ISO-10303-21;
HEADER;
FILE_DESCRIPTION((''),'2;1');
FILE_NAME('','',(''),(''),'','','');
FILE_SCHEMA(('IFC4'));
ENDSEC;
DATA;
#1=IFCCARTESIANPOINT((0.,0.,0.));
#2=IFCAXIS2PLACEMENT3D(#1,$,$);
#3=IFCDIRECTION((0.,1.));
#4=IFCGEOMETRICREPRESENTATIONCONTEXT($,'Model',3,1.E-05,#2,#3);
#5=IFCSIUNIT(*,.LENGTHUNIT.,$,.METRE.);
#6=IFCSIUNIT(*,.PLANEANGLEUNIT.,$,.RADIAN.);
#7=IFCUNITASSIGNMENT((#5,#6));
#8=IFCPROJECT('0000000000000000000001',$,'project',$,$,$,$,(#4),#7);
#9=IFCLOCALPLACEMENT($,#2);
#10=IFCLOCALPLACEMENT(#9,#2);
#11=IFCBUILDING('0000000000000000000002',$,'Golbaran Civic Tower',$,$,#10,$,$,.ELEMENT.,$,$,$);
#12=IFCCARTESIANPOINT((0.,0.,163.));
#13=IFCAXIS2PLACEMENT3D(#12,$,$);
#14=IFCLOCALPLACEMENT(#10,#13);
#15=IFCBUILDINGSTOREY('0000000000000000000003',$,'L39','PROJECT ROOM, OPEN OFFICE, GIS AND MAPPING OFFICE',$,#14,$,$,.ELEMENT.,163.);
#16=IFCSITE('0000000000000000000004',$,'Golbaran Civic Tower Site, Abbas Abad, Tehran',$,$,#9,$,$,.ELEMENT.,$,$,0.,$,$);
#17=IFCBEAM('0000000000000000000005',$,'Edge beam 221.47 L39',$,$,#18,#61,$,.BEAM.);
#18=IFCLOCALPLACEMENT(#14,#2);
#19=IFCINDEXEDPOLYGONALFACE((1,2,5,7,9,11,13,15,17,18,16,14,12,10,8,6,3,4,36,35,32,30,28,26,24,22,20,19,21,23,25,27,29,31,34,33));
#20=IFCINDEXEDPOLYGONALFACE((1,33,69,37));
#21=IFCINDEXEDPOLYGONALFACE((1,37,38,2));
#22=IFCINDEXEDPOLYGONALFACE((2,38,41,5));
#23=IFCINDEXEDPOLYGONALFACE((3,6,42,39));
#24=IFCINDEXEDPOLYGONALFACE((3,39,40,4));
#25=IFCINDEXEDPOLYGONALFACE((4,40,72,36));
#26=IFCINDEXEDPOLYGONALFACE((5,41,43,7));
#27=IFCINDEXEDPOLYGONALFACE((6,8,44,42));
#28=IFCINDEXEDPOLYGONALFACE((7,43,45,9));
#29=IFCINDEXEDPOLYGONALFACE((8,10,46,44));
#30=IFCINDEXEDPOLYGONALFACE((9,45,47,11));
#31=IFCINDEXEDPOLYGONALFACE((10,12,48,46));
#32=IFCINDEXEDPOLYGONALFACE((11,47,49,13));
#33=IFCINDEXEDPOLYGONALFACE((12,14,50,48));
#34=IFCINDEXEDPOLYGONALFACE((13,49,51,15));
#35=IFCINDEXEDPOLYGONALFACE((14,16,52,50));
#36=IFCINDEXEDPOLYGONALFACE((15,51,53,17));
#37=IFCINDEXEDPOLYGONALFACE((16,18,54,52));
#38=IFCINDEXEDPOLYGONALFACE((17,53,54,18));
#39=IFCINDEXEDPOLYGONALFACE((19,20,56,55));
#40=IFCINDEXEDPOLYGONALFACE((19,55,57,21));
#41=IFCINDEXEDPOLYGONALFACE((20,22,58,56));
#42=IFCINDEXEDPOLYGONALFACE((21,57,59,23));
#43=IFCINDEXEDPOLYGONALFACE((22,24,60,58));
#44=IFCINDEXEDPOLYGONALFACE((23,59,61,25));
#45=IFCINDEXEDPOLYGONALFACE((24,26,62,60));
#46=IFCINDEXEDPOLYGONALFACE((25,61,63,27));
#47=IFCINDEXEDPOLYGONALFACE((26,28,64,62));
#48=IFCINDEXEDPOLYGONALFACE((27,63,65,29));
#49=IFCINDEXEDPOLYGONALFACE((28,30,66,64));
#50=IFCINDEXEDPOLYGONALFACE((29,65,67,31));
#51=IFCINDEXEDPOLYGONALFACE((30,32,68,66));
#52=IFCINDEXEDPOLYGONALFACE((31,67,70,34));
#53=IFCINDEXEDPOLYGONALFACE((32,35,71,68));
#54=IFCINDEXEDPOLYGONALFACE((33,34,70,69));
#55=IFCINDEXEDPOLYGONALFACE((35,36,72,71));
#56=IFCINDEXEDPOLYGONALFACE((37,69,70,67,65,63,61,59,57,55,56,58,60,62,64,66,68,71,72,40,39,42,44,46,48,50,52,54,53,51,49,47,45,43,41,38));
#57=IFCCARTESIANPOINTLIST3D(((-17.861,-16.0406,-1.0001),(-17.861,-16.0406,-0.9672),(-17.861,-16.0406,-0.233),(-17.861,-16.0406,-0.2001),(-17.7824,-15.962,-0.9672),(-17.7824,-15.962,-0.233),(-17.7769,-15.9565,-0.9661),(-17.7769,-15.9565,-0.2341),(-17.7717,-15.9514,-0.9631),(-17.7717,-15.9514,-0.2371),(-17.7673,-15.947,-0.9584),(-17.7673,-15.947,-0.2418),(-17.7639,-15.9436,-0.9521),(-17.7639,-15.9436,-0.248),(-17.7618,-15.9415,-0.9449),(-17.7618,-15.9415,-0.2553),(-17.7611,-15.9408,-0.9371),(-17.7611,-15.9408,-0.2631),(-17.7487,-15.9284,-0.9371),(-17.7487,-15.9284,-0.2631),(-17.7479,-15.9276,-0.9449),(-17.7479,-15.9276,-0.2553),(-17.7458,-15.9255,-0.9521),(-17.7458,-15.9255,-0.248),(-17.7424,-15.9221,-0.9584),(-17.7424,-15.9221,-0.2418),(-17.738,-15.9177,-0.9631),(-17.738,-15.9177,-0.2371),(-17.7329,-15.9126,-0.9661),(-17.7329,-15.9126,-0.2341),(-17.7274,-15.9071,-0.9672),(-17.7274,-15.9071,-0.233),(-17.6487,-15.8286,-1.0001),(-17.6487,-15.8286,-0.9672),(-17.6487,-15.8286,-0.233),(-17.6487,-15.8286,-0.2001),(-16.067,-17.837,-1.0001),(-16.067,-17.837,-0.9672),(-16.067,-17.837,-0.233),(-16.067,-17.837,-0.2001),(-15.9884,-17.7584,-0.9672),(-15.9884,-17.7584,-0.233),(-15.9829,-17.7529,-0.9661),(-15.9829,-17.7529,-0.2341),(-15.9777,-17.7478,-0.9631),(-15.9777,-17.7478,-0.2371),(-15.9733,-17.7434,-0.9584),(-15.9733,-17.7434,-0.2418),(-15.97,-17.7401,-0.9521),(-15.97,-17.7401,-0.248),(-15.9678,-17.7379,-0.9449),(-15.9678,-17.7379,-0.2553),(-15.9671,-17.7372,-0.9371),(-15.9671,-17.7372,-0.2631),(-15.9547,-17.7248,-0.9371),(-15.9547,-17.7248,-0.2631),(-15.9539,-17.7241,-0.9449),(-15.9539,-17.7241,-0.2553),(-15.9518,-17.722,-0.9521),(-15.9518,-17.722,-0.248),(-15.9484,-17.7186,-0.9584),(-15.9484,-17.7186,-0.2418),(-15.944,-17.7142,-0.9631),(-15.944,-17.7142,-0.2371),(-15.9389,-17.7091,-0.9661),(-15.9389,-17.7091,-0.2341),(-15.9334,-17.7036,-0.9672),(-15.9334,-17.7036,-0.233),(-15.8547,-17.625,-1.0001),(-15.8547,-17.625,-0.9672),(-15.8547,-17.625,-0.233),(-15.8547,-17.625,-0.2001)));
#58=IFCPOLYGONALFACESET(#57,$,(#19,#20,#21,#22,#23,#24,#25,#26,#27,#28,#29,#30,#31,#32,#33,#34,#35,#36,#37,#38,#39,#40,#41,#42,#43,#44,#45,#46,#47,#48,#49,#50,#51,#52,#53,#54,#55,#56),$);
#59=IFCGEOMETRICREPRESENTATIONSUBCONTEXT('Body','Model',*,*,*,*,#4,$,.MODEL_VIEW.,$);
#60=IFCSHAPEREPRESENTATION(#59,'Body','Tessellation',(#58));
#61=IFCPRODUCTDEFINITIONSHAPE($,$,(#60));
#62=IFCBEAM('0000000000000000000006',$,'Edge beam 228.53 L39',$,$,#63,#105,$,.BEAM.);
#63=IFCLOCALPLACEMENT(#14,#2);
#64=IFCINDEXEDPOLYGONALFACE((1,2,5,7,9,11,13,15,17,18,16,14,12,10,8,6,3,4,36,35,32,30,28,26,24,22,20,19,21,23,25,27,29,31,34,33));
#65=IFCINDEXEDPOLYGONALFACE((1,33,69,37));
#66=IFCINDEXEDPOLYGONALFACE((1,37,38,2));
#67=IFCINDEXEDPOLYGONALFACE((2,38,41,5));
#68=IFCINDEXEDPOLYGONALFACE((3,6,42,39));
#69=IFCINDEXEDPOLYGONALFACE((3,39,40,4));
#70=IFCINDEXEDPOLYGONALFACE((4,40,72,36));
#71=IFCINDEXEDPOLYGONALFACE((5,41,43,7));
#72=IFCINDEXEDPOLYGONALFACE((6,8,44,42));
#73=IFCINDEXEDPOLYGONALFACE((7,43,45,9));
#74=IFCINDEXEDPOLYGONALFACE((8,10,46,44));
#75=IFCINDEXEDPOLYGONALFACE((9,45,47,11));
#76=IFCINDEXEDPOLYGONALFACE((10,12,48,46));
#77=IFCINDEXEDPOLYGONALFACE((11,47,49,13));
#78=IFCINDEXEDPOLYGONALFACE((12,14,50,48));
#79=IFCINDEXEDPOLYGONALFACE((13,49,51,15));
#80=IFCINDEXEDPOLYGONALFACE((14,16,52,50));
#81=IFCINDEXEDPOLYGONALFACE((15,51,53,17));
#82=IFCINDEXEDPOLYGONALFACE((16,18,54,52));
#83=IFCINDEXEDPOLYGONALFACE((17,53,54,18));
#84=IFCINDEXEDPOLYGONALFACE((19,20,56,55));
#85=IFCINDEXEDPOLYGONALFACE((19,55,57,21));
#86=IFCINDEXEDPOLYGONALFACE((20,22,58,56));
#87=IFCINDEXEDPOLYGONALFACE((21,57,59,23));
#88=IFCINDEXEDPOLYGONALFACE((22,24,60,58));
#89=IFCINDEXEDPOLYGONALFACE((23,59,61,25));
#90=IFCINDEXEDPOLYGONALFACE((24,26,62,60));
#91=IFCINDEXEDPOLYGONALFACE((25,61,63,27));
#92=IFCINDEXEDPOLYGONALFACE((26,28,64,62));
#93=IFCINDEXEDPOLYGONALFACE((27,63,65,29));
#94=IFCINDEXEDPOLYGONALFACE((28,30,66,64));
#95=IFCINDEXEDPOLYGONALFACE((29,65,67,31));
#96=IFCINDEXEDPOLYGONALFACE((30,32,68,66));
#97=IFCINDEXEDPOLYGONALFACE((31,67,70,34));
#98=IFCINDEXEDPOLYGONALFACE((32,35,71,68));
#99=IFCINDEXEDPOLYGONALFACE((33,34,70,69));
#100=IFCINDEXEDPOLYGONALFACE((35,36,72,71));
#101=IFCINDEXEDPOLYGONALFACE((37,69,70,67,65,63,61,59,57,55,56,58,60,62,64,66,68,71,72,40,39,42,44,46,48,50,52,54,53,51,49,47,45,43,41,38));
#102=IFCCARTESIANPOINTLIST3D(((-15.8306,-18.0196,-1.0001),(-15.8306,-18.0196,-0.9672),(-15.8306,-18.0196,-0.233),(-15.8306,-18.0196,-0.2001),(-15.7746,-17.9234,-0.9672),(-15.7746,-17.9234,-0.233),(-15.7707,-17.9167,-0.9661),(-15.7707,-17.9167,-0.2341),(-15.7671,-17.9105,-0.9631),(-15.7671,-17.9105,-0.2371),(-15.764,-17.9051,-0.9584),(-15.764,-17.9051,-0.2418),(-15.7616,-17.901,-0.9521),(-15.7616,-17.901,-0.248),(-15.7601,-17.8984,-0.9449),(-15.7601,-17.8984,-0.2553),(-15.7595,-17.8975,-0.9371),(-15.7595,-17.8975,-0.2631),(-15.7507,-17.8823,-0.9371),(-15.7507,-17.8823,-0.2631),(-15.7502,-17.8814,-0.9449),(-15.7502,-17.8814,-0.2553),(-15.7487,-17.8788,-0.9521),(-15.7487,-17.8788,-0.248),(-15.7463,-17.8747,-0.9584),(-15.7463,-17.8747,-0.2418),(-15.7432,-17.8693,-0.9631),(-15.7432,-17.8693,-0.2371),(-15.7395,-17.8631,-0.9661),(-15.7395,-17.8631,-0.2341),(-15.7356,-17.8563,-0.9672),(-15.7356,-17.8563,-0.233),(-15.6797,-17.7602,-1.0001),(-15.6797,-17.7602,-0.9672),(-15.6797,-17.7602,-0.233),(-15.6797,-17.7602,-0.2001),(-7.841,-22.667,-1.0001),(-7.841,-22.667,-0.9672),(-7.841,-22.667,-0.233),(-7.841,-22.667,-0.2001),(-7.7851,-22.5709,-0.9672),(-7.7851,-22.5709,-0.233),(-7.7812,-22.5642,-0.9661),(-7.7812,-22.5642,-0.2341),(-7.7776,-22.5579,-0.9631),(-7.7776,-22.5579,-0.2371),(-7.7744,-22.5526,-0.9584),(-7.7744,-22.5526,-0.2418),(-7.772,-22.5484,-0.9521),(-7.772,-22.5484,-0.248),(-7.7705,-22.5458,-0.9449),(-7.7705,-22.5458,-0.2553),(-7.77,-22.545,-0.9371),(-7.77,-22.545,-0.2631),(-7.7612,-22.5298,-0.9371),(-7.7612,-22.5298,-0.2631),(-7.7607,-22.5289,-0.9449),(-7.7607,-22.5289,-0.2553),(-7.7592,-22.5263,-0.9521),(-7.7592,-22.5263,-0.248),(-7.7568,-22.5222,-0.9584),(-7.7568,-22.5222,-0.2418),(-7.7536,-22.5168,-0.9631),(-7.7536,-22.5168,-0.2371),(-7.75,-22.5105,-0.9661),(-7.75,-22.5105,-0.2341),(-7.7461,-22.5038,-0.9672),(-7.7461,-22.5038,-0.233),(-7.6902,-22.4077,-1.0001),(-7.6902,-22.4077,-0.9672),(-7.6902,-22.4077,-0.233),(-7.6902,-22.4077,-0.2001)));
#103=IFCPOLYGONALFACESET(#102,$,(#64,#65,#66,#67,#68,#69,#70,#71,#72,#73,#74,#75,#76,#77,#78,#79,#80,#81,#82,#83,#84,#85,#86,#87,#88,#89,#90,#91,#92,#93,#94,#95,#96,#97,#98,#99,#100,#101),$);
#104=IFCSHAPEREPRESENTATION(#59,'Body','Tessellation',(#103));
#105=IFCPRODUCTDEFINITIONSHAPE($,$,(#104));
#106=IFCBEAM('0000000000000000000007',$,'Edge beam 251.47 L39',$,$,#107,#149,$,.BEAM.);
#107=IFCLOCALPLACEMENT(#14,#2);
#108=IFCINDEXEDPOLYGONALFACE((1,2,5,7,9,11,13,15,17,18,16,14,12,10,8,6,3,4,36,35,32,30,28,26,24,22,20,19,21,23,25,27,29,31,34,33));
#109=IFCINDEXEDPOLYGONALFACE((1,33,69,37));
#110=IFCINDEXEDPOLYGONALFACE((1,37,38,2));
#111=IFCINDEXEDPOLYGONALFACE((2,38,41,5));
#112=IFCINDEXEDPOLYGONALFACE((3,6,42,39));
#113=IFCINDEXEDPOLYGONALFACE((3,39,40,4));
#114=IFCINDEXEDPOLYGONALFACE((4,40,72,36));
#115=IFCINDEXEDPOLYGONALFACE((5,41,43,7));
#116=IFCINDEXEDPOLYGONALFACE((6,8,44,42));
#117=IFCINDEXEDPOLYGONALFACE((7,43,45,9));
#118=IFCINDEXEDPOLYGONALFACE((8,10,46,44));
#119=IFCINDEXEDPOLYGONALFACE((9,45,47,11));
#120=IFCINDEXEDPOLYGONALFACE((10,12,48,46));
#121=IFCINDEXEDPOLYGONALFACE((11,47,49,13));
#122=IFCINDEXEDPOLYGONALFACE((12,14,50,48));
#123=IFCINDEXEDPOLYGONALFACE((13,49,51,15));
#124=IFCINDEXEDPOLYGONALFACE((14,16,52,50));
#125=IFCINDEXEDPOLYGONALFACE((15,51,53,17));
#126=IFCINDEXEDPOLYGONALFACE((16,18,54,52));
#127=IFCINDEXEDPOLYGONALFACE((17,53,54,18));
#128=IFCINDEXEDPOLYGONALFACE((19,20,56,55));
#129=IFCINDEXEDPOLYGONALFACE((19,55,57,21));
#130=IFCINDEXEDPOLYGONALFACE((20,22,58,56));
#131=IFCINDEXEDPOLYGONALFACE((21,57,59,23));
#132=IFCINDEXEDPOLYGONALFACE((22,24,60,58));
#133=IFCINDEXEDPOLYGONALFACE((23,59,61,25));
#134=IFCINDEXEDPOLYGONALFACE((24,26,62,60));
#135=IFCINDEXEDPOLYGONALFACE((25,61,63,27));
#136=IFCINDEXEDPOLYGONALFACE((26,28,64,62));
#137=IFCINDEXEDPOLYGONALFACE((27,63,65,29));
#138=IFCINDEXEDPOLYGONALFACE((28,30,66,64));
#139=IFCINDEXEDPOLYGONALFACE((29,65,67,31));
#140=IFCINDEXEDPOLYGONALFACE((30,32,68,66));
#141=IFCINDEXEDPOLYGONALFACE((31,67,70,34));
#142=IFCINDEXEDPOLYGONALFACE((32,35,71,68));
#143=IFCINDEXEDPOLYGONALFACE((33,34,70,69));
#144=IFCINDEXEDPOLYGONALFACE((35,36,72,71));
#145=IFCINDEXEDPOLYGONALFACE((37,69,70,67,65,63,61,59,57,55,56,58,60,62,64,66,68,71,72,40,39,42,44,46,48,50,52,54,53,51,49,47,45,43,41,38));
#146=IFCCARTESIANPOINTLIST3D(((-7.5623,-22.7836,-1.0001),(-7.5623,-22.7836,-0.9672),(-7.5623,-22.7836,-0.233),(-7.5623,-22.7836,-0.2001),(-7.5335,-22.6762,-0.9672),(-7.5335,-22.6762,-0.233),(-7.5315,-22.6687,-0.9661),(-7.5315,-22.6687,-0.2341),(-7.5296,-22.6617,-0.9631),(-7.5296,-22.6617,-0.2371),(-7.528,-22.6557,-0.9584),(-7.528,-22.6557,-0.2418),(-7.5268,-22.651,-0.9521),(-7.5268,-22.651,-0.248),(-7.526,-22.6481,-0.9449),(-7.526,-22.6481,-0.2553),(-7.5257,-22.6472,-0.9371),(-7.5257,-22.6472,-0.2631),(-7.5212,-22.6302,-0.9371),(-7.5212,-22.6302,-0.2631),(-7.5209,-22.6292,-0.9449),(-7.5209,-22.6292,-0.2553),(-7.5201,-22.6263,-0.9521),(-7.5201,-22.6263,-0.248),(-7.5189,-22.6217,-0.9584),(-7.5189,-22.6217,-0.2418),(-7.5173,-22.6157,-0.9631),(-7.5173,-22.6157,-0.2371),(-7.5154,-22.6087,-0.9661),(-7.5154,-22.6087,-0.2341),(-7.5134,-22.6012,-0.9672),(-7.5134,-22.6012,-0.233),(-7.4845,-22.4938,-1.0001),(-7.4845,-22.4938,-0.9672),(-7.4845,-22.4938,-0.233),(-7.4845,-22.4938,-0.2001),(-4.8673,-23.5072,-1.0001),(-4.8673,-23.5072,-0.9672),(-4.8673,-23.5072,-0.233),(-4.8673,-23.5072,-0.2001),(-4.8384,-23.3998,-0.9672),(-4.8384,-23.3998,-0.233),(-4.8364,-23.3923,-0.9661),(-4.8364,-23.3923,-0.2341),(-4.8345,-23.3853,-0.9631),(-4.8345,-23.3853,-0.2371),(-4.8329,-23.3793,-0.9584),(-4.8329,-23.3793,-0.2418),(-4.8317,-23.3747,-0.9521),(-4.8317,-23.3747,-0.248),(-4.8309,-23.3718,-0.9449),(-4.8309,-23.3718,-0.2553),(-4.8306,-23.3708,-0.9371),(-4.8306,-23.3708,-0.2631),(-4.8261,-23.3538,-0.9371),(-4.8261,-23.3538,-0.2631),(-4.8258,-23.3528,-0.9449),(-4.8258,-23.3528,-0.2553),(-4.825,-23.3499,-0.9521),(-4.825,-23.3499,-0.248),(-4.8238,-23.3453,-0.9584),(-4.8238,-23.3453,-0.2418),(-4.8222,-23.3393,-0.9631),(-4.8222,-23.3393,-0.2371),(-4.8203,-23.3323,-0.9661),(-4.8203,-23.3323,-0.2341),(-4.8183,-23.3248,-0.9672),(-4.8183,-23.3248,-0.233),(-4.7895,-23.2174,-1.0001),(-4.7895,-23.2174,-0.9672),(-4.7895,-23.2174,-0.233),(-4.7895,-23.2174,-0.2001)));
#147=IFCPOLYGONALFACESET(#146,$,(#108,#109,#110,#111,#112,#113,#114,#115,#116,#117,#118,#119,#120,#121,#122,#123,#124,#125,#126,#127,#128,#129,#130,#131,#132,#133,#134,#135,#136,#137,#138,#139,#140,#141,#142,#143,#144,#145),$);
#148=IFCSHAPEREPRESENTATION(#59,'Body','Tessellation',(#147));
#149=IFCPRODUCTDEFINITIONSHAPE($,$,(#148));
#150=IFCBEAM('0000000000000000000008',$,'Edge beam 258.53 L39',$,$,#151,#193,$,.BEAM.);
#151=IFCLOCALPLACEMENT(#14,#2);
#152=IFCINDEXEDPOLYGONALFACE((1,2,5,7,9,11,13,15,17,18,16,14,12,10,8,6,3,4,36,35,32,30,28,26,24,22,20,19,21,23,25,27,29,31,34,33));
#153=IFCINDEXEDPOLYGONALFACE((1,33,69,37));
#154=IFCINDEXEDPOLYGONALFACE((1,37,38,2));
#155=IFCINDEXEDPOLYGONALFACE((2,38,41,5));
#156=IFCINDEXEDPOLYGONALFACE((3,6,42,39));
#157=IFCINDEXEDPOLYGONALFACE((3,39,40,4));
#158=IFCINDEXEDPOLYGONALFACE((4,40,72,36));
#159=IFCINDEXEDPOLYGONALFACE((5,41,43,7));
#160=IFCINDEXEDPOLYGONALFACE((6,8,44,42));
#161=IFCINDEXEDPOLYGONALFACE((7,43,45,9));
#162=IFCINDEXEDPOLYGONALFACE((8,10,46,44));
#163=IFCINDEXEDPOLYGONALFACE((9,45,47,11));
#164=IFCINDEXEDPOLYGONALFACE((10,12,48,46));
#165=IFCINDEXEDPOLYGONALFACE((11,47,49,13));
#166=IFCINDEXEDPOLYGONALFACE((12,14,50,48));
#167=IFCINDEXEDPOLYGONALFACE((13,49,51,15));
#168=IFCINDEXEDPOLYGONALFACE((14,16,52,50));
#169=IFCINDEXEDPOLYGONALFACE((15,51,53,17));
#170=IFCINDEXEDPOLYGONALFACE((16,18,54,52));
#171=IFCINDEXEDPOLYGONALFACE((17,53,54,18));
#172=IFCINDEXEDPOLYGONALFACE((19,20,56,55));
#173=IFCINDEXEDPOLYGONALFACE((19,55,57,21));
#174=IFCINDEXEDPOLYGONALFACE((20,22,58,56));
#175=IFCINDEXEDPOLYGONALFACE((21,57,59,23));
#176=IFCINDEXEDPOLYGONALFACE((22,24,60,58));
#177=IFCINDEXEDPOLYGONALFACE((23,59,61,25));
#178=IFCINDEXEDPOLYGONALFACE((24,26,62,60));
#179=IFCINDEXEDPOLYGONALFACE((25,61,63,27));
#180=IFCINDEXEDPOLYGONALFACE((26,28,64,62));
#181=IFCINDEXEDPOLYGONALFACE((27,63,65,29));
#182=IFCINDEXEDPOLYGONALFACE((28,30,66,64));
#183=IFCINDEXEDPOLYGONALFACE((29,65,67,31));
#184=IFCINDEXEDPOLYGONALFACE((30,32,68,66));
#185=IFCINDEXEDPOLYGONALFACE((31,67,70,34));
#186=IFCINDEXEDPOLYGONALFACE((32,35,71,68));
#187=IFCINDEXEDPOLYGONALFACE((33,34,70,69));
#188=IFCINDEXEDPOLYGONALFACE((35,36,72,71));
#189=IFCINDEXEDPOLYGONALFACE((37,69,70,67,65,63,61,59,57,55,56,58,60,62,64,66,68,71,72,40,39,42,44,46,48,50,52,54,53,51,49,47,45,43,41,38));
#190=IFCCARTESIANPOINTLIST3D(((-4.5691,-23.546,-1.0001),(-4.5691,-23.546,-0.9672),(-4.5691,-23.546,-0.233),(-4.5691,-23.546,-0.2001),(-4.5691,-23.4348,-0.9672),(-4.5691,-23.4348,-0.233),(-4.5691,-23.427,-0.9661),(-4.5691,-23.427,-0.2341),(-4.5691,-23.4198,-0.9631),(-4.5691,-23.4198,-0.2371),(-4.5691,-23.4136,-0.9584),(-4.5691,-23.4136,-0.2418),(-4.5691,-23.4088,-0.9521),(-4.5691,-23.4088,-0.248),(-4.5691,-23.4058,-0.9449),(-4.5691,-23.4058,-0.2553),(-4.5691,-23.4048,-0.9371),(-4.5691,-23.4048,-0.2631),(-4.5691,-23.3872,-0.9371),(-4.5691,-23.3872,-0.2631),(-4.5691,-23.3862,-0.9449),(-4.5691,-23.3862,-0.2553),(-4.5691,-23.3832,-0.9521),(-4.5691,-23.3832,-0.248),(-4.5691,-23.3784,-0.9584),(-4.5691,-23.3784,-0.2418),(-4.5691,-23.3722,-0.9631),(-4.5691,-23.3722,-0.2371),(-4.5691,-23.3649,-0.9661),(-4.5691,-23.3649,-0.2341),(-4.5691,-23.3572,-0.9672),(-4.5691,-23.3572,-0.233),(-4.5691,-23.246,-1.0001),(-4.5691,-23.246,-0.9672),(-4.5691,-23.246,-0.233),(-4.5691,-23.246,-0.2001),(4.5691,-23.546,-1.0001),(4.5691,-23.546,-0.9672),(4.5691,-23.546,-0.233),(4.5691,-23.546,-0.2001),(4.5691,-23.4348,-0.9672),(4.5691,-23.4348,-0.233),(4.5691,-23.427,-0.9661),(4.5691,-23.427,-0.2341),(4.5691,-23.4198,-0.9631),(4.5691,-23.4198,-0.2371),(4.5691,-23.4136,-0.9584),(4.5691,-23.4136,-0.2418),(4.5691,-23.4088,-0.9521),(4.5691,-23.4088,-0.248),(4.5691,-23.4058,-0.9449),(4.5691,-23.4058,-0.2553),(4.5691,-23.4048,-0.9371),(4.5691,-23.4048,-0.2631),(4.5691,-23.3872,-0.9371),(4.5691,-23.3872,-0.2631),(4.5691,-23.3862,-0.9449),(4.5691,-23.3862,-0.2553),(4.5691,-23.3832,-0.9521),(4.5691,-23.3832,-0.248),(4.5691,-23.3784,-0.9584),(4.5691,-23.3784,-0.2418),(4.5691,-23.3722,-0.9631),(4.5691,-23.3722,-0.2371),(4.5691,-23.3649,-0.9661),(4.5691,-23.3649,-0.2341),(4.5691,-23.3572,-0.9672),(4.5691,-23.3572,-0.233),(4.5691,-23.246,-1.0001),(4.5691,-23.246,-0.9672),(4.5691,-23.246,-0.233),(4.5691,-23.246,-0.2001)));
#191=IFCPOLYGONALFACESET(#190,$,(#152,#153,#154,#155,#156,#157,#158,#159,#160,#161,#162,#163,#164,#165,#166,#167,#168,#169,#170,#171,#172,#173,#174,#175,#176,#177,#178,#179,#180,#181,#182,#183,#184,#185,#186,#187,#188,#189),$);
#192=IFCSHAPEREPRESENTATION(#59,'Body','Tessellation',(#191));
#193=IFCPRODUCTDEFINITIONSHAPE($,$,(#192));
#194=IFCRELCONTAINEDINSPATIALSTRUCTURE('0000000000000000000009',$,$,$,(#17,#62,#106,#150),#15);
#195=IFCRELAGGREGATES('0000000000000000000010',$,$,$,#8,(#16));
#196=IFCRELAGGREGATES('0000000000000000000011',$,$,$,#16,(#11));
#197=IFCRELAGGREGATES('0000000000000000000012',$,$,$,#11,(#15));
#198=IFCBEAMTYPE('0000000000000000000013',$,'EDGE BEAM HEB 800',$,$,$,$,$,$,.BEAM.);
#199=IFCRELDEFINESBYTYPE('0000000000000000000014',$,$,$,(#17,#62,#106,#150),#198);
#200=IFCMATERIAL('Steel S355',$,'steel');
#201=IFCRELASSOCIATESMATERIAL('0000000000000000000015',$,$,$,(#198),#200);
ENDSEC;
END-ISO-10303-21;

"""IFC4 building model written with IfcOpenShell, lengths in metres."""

from ifc_helpers import new_model, si_unit, direction, frame, origin, origin_2d, place, context, subcontext, project, spatial, i_section, extrude, material, material_profile, profile_set, type_object, element, save


model = new_model("IFC4")

# Units and contexts
model_context = context("Model", 3, precision=1e-05, world=origin(), true_north=direction((0.0, 1.0)))
body_context = subcontext(model_context, "Body", "Model", "MODEL_VIEW")
ifc_project = project(units=[si_unit("LENGTHUNIT", "METRE"), si_unit("PLANEANGLEUNIT", "RADIAN")], contexts=[model_context])

# Site, building, storey
site_placement = place(None, origin())
site = spatial("IfcSite", under=ifc_project, at=site_placement, Name="Golbaran Civic Tower Site, Abbas Abad, Tehran", CompositionType="ELEMENT", RefElevation=0.0)
building_placement = place(site_placement, origin())
building = spatial("IfcBuilding", under=site, at=building_placement, Name="Golbaran Civic Tower", CompositionType="ELEMENT")
storey_placement = place(building_placement, frame((0.0, 0.0, 163.0)))
storey = spatial("IfcBuildingStorey", under=building, at=storey_placement, Name="L39", Description="PROJECT ROOM, OPEN OFFICE, GIS AND MAPPING OFFICE", CompositionType="ELEMENT", Elevation=163.0)

# Beams
ifc_material_1 = material(Name="Steel S355", Category="steel")
ifc_material_profile_1 = material_profile(ifc_material_1, i_section(OverallWidth=0.3, OverallDepth=0.8, WebThickness=0.0176, FlangeThickness=0.033, FilletRadius=0.03, at=origin_2d()), Name="HEB 800")
ifc_profile_set_1 = profile_set([ifc_material_profile_1], Name="Steel S355")
beam_type_1 = type_object("IfcBeamType", Name="EDGE BEAM HEB 800", PredefinedType="BEAM", material=ifc_profile_set_1)
beam_1_placement = place(storey_placement, frame((-17.7549, -15.9346, -0.6001), z_axis=(0.706626, -0.707587, 0.0), x_axis=(0.707587, 0.706626, 0.0)))
element("IfcBeam", 1, at=beam_1_placement, inside=storey, type_object=beam_type_1, Name="Edge beam 221.47 L39", PredefinedType="BEAM", context=body_context, shape_type="SweptSolid", body=[
    extrude(i_section(OverallWidth=0.3, OverallDepth=0.8, WebThickness=0.0176, FlangeThickness=0.033, FilletRadius=0.03, at=origin_2d()), origin(), (0.0, 0.0, 1.0), 2.5388),
])
beam_2_placement = place(storey_placement, frame((-15.7551, -17.8899, -0.6001), z_axis=(0.864394, -0.502815, 0.0), x_axis=(0.502815, 0.864394, 0.0)))
element("IfcBeam", 2, at=beam_2_placement, inside=storey, type_object=beam_type_1, Name="Edge beam 228.53 L39", PredefinedType="BEAM", context=body_context, shape_type="SweptSolid", body=[
    extrude(i_section(OverallWidth=0.3, OverallDepth=0.8, WebThickness=0.0176, FlangeThickness=0.033, FilletRadius=0.03, at=origin_2d()), origin(), (0.0, 0.0, 1.0), 9.2429),
])
beam_3_placement = place(storey_placement, frame((-7.5234, -22.6387, -0.6001), z_axis=(0.965792, -0.259318, 0.0), x_axis=(0.259318, 0.965792, 0.0)))
element("IfcBeam", 3, at=beam_3_placement, inside=storey, type_object=beam_type_1, Name="Edge beam 251.47 L39", PredefinedType="BEAM", context=body_context, shape_type="SweptSolid", body=[
    extrude(i_section(OverallWidth=0.3, OverallDepth=0.8, WebThickness=0.0176, FlangeThickness=0.033, FilletRadius=0.03, at=origin_2d()), origin(), (0.0, 0.0, 1.0), 2.7905),
])
beam_4_placement = place(storey_placement, frame((-4.5691, -23.396, -0.6001), z_axis=(1.0, 0.0, 0.0), x_axis=(0.0, 1.0, 0.0)))
element("IfcBeam", 4, at=beam_4_placement, inside=storey, type_object=beam_type_1, Name="Edge beam 258.53 L39", PredefinedType="BEAM", context=body_context, shape_type="SweptSolid", body=[
    extrude(i_section(OverallWidth=0.3, OverallDepth=0.8, WebThickness=0.0176, FlangeThickness=0.033, FilletRadius=0.03, at=origin_2d()), origin(), (0.0, 0.0, 1.0), 9.1382),
])

save(model, "model.ifc")
